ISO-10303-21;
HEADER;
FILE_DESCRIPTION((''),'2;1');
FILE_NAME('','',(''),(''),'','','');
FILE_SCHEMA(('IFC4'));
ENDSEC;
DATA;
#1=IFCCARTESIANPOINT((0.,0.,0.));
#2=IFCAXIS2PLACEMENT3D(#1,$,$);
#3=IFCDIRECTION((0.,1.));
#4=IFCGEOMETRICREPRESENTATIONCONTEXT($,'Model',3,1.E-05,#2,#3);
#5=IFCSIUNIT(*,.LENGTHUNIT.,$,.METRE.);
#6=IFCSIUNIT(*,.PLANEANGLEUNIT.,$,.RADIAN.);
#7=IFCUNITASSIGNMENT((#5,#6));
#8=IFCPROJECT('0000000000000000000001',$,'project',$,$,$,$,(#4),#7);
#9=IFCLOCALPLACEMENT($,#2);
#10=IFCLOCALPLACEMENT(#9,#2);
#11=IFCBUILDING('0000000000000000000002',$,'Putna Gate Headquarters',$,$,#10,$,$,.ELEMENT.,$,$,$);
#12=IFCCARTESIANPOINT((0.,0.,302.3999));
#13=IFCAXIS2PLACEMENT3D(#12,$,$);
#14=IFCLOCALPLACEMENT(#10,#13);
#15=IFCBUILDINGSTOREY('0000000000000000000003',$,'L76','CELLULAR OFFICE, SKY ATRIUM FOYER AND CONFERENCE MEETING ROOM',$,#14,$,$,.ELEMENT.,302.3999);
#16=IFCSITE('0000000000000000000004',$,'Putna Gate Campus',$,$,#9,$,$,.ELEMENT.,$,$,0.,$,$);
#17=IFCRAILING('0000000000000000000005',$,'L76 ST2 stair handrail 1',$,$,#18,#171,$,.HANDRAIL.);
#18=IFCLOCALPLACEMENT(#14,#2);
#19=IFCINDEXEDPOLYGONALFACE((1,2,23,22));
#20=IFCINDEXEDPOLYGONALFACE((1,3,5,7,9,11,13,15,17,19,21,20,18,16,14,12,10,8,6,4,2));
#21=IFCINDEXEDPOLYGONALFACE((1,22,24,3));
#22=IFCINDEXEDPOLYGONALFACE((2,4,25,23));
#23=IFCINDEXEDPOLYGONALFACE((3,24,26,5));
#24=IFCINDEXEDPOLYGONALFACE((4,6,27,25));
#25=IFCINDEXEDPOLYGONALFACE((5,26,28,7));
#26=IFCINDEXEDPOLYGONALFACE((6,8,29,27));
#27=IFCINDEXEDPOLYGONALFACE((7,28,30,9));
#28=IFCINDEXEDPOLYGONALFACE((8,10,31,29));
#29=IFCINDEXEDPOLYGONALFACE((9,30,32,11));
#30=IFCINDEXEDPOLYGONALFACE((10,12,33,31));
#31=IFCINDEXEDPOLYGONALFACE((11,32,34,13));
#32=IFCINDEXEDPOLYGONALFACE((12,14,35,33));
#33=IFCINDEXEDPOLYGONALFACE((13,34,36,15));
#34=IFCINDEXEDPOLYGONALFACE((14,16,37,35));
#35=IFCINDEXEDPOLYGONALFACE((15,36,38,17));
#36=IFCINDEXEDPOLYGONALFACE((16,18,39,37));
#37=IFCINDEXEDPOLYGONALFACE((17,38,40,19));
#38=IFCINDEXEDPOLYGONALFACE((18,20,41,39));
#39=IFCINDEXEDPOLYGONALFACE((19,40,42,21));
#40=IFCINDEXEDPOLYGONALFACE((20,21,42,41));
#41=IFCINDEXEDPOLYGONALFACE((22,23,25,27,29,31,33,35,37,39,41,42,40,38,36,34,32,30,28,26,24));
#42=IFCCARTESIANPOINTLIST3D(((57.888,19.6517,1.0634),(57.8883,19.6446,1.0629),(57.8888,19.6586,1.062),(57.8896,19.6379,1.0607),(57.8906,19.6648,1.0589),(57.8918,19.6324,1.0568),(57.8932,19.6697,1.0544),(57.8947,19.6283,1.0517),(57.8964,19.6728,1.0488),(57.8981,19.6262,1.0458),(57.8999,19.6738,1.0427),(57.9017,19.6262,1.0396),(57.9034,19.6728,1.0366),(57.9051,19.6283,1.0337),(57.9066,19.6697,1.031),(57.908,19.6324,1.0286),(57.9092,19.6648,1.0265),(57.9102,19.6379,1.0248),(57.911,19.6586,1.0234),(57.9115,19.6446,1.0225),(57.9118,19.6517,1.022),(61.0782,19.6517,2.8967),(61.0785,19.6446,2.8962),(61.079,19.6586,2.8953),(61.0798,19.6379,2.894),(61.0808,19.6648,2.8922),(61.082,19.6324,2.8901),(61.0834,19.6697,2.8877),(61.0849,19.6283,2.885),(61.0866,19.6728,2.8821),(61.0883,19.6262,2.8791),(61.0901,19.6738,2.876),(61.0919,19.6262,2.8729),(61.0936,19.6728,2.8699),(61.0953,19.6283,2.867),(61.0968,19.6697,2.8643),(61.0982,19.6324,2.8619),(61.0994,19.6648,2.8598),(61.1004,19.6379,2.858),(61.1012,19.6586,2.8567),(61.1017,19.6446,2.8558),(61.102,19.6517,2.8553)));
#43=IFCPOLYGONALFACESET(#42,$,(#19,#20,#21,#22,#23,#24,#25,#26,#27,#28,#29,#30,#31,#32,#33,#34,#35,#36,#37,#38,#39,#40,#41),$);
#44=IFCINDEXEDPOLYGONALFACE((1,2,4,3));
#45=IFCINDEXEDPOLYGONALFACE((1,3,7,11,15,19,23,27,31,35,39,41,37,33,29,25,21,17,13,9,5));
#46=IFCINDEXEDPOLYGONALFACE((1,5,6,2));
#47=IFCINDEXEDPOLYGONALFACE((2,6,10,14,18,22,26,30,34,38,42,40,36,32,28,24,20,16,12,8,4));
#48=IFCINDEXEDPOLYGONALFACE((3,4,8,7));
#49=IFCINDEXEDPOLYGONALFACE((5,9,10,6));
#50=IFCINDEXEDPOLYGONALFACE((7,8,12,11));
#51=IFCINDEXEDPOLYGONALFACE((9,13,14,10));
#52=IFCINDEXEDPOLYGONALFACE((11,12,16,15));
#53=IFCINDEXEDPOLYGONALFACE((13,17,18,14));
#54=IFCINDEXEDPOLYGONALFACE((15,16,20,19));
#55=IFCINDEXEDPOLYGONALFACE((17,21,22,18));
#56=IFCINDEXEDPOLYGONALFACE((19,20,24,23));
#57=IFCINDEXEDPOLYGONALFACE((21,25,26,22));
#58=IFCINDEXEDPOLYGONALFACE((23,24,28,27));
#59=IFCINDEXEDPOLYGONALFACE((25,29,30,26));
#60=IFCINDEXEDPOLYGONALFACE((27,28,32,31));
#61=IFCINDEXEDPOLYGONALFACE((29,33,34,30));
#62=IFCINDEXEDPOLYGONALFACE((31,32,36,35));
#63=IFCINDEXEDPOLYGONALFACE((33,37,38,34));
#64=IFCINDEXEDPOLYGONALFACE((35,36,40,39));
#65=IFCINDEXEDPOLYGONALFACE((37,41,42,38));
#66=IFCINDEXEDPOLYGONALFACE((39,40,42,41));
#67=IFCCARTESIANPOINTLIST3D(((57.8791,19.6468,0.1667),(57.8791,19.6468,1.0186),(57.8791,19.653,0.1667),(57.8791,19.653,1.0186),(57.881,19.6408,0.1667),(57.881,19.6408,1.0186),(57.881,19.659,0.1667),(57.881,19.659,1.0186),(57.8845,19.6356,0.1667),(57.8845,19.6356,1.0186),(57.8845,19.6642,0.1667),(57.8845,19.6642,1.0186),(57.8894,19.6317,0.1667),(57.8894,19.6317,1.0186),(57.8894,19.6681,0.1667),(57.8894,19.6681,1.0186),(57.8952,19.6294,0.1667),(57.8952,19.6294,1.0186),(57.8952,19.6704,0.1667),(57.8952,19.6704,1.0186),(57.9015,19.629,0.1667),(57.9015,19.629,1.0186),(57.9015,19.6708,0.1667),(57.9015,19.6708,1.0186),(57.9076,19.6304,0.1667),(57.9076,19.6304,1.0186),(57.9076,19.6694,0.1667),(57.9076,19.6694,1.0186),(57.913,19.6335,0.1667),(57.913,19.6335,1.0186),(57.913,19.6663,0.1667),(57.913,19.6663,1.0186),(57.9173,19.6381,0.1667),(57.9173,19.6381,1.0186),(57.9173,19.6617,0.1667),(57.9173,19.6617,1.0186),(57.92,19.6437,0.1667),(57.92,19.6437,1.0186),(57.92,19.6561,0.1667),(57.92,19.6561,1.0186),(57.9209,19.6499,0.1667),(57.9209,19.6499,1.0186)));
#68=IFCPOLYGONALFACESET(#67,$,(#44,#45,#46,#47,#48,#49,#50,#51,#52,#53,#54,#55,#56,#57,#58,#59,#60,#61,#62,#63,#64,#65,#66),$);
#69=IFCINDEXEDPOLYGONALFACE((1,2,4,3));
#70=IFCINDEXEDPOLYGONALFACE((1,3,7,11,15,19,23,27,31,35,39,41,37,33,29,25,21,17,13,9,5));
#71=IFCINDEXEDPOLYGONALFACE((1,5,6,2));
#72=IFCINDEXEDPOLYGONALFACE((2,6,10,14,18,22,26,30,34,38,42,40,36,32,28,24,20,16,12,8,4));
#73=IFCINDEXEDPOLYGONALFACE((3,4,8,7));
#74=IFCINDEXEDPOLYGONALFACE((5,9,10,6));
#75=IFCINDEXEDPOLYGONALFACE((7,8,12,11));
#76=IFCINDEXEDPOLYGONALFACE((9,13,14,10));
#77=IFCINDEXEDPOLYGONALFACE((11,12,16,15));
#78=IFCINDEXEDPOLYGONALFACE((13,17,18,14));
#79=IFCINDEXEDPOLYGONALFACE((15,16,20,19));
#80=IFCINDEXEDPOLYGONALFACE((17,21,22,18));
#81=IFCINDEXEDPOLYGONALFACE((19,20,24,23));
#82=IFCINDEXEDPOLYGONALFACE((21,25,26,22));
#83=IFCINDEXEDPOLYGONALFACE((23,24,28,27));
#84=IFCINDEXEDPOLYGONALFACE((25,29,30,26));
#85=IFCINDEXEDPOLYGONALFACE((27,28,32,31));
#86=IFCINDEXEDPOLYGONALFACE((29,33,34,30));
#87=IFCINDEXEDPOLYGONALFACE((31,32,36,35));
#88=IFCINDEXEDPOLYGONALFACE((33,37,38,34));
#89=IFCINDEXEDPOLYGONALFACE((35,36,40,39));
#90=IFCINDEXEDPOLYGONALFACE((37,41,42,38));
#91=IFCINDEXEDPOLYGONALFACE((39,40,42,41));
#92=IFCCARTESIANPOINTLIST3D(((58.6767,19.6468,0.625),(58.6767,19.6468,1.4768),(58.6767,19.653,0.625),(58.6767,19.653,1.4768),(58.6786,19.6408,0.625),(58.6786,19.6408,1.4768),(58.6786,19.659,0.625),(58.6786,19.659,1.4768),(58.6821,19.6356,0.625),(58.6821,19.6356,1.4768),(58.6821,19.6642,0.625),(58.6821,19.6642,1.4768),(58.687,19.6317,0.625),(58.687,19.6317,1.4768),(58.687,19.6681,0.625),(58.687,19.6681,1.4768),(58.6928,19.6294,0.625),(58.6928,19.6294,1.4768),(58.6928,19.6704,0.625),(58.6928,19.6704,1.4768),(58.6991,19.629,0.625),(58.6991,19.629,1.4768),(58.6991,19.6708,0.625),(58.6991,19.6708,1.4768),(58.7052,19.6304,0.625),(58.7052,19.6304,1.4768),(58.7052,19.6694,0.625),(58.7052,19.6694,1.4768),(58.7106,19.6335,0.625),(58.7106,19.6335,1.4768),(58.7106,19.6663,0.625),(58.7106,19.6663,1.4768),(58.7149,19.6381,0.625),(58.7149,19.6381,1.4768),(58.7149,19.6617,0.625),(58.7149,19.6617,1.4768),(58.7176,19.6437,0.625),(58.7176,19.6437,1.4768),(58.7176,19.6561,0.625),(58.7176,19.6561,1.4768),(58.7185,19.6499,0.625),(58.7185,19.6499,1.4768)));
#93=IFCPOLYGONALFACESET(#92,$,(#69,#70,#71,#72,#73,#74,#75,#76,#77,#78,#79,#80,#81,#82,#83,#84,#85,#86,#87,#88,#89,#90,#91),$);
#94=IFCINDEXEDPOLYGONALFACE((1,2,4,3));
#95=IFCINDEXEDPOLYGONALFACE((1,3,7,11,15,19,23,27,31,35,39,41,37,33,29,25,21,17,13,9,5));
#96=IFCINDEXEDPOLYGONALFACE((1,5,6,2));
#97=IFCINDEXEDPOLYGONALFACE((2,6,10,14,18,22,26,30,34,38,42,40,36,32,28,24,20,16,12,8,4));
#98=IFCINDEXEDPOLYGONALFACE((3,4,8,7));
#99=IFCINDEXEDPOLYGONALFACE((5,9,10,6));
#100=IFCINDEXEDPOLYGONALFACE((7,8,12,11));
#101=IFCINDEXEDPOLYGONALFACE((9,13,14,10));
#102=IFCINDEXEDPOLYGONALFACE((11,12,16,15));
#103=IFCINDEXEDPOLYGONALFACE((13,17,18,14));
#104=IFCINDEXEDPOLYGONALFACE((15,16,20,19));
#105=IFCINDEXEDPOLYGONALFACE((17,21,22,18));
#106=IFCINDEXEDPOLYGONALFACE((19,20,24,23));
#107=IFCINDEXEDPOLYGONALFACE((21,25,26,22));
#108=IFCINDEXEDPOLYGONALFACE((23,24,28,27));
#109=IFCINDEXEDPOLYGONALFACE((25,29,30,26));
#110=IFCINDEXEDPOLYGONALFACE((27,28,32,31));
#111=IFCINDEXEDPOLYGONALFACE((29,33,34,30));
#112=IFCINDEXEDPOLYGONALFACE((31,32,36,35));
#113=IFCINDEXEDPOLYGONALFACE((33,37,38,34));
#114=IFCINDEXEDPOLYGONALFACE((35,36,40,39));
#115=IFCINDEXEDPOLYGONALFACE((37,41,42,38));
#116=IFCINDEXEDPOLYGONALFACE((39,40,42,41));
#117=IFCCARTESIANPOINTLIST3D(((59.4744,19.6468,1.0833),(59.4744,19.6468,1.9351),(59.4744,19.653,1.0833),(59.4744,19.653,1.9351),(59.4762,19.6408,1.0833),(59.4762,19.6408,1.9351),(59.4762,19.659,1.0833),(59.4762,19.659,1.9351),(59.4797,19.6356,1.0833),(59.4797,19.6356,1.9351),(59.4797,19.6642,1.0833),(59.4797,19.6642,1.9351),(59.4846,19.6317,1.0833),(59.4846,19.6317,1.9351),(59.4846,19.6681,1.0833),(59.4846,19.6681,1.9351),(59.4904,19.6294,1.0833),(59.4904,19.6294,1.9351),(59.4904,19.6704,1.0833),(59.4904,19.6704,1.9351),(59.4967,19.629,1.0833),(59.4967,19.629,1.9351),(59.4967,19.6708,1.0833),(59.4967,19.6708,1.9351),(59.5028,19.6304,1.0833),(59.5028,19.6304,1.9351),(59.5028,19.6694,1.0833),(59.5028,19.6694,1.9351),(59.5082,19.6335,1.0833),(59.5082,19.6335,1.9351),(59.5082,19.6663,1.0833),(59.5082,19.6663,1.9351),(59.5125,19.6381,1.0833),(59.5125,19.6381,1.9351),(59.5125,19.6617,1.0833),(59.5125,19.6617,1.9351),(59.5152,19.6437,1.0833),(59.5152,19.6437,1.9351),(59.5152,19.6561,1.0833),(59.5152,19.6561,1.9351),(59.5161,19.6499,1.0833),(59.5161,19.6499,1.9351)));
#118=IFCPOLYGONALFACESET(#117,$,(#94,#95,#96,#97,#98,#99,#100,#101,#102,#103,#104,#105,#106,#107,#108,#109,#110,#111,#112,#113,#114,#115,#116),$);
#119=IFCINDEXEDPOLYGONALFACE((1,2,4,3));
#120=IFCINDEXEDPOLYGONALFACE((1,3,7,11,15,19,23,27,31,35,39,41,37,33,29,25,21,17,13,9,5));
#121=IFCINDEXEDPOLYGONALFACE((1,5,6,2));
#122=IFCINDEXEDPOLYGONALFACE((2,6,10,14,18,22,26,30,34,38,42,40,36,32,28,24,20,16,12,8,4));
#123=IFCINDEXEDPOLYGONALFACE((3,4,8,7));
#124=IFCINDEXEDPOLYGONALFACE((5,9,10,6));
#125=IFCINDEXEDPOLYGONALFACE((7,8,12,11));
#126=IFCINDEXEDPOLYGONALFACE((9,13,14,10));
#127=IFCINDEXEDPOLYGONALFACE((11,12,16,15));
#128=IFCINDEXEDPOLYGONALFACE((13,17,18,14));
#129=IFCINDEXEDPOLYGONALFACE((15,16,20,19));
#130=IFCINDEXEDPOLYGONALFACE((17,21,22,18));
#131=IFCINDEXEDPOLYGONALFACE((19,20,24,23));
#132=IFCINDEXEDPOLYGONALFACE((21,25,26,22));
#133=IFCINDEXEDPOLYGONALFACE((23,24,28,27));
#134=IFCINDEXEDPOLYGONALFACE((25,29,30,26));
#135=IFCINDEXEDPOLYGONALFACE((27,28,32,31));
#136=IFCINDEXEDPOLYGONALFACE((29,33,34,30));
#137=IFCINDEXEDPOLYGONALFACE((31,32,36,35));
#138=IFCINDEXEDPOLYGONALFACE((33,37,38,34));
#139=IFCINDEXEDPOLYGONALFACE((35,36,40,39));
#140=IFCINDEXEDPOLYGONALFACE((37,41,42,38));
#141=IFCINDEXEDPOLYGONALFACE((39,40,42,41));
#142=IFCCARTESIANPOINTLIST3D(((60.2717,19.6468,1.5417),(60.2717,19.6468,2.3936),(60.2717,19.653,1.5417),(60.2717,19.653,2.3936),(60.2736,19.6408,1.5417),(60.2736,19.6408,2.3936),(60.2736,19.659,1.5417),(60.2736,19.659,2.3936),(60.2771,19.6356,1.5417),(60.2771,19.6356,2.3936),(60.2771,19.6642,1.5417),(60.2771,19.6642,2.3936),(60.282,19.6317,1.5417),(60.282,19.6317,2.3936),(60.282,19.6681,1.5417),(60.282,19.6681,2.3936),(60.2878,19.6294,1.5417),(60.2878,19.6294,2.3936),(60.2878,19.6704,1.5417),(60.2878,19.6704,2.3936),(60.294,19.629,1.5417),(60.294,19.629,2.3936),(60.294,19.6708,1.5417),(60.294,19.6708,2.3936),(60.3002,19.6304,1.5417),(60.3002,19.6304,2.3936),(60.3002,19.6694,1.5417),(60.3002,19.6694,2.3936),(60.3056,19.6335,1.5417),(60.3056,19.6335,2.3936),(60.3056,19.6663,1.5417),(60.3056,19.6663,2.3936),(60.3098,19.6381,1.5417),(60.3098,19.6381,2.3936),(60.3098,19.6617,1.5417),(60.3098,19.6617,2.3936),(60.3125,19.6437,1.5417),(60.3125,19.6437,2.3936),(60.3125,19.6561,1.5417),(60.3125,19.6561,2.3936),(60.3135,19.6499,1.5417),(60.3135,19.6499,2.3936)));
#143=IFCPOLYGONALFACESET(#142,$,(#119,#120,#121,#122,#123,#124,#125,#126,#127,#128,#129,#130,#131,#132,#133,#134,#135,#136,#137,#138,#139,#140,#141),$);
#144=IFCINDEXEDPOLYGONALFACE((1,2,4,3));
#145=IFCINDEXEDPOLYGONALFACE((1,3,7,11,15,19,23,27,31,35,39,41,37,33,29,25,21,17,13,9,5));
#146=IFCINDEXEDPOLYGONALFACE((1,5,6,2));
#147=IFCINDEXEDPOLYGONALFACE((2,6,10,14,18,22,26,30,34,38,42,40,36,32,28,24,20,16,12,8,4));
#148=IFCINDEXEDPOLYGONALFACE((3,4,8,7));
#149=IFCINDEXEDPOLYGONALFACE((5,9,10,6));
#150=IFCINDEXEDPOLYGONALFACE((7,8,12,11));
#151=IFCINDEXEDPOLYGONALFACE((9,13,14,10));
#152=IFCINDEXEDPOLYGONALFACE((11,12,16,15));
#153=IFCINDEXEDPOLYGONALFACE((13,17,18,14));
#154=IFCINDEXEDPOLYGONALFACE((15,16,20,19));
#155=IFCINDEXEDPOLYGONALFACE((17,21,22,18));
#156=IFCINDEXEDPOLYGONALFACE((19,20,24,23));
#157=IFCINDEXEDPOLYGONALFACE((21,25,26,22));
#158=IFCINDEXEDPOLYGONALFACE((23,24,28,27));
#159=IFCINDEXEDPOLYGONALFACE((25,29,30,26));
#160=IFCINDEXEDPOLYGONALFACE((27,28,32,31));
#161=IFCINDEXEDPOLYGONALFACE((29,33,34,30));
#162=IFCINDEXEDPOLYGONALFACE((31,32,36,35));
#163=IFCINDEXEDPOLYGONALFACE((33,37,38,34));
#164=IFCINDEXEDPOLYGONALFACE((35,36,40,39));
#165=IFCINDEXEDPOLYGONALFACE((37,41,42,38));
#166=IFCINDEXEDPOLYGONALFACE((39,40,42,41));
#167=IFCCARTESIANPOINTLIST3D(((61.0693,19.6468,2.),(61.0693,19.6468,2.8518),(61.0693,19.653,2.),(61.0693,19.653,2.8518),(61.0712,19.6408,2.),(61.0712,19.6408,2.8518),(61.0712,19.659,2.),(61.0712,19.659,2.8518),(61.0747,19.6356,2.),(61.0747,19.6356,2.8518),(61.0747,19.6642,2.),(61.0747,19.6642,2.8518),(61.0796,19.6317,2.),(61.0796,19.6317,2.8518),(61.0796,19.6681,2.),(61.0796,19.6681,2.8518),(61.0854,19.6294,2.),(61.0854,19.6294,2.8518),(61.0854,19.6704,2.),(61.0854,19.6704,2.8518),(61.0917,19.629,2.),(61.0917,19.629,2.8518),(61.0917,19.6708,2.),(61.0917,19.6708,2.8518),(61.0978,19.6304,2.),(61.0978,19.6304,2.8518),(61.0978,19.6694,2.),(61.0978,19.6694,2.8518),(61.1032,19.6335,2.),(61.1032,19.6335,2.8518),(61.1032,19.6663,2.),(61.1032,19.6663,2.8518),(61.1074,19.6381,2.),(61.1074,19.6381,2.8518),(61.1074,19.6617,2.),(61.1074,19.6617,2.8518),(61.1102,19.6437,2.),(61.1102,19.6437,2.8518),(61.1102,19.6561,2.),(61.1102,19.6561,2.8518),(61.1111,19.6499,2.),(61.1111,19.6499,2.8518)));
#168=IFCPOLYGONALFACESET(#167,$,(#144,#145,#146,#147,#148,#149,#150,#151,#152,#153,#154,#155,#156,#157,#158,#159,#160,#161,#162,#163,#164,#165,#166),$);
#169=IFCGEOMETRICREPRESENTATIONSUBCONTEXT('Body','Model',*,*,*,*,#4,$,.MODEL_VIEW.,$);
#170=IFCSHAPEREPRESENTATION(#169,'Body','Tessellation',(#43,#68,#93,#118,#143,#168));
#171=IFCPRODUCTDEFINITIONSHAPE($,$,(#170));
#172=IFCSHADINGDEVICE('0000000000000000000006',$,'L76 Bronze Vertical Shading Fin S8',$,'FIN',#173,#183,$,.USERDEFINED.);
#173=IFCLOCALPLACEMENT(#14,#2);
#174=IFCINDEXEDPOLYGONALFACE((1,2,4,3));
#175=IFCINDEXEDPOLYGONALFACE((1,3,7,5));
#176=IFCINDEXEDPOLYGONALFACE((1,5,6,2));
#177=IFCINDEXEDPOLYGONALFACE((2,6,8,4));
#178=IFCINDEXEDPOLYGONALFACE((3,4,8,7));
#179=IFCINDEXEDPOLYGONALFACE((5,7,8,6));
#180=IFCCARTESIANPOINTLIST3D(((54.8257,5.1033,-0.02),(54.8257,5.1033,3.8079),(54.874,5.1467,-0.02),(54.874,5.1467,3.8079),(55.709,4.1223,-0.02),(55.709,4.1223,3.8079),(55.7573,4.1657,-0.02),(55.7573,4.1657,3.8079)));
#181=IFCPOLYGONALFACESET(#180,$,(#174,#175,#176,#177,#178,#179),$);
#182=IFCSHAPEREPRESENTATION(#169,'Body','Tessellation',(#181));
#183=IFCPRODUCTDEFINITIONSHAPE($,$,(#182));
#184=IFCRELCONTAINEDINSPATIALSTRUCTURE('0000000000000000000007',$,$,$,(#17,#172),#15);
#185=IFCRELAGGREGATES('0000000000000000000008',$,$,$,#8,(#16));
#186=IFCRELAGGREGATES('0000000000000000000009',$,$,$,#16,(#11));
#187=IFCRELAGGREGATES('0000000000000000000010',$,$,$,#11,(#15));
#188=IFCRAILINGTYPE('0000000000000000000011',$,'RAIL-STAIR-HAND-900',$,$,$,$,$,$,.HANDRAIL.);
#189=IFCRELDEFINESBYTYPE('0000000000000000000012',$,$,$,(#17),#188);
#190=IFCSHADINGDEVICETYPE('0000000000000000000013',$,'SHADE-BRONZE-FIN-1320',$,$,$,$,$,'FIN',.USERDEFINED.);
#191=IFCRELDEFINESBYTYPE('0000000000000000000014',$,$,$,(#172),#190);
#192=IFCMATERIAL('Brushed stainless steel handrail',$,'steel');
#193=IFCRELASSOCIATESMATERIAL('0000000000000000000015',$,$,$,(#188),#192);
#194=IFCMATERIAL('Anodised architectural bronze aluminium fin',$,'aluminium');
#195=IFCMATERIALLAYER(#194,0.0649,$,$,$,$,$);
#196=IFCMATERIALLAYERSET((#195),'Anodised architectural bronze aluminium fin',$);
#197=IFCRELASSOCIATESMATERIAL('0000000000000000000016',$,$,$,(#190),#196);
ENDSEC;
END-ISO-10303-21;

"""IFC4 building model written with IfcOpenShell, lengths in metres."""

from ifc_helpers import new_model, si_unit, direction, frame, origin, origin_2d, place, context, subcontext, project, spatial, rectangle, circle, extrude, material, layer, layer_set, type_object, element, save


model = new_model("IFC4")

# Units and contexts
model_context = context("Model", 3, precision=1e-05, world=origin(), true_north=direction((0.0, 1.0)))
body_context = subcontext(model_context, "Body", "Model", "MODEL_VIEW")
ifc_project = project(units=[si_unit("LENGTHUNIT", "METRE"), si_unit("PLANEANGLEUNIT", "RADIAN")], contexts=[model_context])

# Site, building, storey
site_placement = place(None, origin())
site = spatial("IfcSite", under=ifc_project, at=site_placement, Name="Putna Gate Campus", CompositionType="ELEMENT", RefElevation=0.0)
building_placement = place(site_placement, origin())
building = spatial("IfcBuilding", under=site, at=building_placement, Name="Putna Gate Headquarters", CompositionType="ELEMENT")
storey_placement = place(building_placement, frame((0.0, 0.0, 302.3999)))
storey = spatial("IfcBuildingStorey", under=building, at=storey_placement, Name="L76", Description="CELLULAR OFFICE, SKY ATRIUM FOYER AND CONFERENCE MEETING ROOM", CompositionType="ELEMENT", Elevation=302.3999)

# Railing
ifc_material_1 = material(Name="Brushed stainless steel handrail", Category="steel")
railing_type_1 = type_object("IfcRailingType", Name="RAIL-STAIR-HAND-900", PredefinedType="HANDRAIL", material=ifc_material_1)
railing_1_placement = place(storey_placement, frame((57.8999, 19.6499, 0.1667)))
element("IfcRailing", 1, at=railing_1_placement, inside=storey, type_object=railing_type_1, Name="L76 ST2 stair handrail 1", PredefinedType="HANDRAIL", context=body_context, shape_type="SweptSolid", body=[
    extrude(circle(Radius=0.0239, at=origin_2d()), frame((0.0, 0.0, 0.876), z_axis=(0.867036, 0.0, 0.498245), x_axis=(0.0, 1.0, 0.0)), (0.0, 0.0, 1.0), 3.6794),
    extrude(circle(Radius=0.021, at=origin_2d()), origin(), (0.0, 0.0, 1.0), 0.8518),
    extrude(circle(Radius=0.021, at=origin_2d()), frame((0.7976, 0.0, 0.4583)), (0.0, 0.0, 1.0), 0.8518),
    extrude(circle(Radius=0.021, at=origin_2d()), frame((1.5952, 0.0, 0.9165)), (0.0, 0.0, 1.0), 0.8518),
    extrude(circle(Radius=0.021, at=origin_2d()), frame((2.3926, 0.0, 1.375)), (0.0, 0.0, 1.0), 0.8518),
    extrude(circle(Radius=0.021, at=origin_2d()), frame((3.1902, 0.0, 1.8333)), (0.0, 0.0, 1.0), 0.8518),
])

# Shading device
ifc_material_2 = material(Name="Anodised architectural bronze aluminium fin", Category="aluminium")
ifc_layer_1 = layer(ifc_material_2, 0.0649)
ifc_layer_set_1 = layer_set([ifc_layer_1], Name="Anodised architectural bronze aluminium fin")
shading_device_type = type_object("IfcShadingDeviceType", Name="SHADE-BRONZE-FIN-1320", ElementType="FIN", PredefinedType="USERDEFINED", material=ifc_layer_set_1)
shading_device_placement = place(storey_placement, frame((55.2915, 4.6345, -0.02), z_axis=(0.0, 0.0, 1.0), x_axis=(0.669131, -0.743145, 0.0)))
element("IfcShadingDevice", 2, at=shading_device_placement, inside=storey, type_object=shading_device_type, Name="L76 Bronze Vertical Shading Fin S8", ObjectType="FIN", PredefinedType="USERDEFINED", context=body_context, shape_type="SweptSolid", body=[
    extrude(rectangle(XDim=1.3201, YDim=0.0649, at=origin_2d()), origin(), (0.0, 0.0, 1.0), 3.8279),
])

save(model, "model.ifc")
